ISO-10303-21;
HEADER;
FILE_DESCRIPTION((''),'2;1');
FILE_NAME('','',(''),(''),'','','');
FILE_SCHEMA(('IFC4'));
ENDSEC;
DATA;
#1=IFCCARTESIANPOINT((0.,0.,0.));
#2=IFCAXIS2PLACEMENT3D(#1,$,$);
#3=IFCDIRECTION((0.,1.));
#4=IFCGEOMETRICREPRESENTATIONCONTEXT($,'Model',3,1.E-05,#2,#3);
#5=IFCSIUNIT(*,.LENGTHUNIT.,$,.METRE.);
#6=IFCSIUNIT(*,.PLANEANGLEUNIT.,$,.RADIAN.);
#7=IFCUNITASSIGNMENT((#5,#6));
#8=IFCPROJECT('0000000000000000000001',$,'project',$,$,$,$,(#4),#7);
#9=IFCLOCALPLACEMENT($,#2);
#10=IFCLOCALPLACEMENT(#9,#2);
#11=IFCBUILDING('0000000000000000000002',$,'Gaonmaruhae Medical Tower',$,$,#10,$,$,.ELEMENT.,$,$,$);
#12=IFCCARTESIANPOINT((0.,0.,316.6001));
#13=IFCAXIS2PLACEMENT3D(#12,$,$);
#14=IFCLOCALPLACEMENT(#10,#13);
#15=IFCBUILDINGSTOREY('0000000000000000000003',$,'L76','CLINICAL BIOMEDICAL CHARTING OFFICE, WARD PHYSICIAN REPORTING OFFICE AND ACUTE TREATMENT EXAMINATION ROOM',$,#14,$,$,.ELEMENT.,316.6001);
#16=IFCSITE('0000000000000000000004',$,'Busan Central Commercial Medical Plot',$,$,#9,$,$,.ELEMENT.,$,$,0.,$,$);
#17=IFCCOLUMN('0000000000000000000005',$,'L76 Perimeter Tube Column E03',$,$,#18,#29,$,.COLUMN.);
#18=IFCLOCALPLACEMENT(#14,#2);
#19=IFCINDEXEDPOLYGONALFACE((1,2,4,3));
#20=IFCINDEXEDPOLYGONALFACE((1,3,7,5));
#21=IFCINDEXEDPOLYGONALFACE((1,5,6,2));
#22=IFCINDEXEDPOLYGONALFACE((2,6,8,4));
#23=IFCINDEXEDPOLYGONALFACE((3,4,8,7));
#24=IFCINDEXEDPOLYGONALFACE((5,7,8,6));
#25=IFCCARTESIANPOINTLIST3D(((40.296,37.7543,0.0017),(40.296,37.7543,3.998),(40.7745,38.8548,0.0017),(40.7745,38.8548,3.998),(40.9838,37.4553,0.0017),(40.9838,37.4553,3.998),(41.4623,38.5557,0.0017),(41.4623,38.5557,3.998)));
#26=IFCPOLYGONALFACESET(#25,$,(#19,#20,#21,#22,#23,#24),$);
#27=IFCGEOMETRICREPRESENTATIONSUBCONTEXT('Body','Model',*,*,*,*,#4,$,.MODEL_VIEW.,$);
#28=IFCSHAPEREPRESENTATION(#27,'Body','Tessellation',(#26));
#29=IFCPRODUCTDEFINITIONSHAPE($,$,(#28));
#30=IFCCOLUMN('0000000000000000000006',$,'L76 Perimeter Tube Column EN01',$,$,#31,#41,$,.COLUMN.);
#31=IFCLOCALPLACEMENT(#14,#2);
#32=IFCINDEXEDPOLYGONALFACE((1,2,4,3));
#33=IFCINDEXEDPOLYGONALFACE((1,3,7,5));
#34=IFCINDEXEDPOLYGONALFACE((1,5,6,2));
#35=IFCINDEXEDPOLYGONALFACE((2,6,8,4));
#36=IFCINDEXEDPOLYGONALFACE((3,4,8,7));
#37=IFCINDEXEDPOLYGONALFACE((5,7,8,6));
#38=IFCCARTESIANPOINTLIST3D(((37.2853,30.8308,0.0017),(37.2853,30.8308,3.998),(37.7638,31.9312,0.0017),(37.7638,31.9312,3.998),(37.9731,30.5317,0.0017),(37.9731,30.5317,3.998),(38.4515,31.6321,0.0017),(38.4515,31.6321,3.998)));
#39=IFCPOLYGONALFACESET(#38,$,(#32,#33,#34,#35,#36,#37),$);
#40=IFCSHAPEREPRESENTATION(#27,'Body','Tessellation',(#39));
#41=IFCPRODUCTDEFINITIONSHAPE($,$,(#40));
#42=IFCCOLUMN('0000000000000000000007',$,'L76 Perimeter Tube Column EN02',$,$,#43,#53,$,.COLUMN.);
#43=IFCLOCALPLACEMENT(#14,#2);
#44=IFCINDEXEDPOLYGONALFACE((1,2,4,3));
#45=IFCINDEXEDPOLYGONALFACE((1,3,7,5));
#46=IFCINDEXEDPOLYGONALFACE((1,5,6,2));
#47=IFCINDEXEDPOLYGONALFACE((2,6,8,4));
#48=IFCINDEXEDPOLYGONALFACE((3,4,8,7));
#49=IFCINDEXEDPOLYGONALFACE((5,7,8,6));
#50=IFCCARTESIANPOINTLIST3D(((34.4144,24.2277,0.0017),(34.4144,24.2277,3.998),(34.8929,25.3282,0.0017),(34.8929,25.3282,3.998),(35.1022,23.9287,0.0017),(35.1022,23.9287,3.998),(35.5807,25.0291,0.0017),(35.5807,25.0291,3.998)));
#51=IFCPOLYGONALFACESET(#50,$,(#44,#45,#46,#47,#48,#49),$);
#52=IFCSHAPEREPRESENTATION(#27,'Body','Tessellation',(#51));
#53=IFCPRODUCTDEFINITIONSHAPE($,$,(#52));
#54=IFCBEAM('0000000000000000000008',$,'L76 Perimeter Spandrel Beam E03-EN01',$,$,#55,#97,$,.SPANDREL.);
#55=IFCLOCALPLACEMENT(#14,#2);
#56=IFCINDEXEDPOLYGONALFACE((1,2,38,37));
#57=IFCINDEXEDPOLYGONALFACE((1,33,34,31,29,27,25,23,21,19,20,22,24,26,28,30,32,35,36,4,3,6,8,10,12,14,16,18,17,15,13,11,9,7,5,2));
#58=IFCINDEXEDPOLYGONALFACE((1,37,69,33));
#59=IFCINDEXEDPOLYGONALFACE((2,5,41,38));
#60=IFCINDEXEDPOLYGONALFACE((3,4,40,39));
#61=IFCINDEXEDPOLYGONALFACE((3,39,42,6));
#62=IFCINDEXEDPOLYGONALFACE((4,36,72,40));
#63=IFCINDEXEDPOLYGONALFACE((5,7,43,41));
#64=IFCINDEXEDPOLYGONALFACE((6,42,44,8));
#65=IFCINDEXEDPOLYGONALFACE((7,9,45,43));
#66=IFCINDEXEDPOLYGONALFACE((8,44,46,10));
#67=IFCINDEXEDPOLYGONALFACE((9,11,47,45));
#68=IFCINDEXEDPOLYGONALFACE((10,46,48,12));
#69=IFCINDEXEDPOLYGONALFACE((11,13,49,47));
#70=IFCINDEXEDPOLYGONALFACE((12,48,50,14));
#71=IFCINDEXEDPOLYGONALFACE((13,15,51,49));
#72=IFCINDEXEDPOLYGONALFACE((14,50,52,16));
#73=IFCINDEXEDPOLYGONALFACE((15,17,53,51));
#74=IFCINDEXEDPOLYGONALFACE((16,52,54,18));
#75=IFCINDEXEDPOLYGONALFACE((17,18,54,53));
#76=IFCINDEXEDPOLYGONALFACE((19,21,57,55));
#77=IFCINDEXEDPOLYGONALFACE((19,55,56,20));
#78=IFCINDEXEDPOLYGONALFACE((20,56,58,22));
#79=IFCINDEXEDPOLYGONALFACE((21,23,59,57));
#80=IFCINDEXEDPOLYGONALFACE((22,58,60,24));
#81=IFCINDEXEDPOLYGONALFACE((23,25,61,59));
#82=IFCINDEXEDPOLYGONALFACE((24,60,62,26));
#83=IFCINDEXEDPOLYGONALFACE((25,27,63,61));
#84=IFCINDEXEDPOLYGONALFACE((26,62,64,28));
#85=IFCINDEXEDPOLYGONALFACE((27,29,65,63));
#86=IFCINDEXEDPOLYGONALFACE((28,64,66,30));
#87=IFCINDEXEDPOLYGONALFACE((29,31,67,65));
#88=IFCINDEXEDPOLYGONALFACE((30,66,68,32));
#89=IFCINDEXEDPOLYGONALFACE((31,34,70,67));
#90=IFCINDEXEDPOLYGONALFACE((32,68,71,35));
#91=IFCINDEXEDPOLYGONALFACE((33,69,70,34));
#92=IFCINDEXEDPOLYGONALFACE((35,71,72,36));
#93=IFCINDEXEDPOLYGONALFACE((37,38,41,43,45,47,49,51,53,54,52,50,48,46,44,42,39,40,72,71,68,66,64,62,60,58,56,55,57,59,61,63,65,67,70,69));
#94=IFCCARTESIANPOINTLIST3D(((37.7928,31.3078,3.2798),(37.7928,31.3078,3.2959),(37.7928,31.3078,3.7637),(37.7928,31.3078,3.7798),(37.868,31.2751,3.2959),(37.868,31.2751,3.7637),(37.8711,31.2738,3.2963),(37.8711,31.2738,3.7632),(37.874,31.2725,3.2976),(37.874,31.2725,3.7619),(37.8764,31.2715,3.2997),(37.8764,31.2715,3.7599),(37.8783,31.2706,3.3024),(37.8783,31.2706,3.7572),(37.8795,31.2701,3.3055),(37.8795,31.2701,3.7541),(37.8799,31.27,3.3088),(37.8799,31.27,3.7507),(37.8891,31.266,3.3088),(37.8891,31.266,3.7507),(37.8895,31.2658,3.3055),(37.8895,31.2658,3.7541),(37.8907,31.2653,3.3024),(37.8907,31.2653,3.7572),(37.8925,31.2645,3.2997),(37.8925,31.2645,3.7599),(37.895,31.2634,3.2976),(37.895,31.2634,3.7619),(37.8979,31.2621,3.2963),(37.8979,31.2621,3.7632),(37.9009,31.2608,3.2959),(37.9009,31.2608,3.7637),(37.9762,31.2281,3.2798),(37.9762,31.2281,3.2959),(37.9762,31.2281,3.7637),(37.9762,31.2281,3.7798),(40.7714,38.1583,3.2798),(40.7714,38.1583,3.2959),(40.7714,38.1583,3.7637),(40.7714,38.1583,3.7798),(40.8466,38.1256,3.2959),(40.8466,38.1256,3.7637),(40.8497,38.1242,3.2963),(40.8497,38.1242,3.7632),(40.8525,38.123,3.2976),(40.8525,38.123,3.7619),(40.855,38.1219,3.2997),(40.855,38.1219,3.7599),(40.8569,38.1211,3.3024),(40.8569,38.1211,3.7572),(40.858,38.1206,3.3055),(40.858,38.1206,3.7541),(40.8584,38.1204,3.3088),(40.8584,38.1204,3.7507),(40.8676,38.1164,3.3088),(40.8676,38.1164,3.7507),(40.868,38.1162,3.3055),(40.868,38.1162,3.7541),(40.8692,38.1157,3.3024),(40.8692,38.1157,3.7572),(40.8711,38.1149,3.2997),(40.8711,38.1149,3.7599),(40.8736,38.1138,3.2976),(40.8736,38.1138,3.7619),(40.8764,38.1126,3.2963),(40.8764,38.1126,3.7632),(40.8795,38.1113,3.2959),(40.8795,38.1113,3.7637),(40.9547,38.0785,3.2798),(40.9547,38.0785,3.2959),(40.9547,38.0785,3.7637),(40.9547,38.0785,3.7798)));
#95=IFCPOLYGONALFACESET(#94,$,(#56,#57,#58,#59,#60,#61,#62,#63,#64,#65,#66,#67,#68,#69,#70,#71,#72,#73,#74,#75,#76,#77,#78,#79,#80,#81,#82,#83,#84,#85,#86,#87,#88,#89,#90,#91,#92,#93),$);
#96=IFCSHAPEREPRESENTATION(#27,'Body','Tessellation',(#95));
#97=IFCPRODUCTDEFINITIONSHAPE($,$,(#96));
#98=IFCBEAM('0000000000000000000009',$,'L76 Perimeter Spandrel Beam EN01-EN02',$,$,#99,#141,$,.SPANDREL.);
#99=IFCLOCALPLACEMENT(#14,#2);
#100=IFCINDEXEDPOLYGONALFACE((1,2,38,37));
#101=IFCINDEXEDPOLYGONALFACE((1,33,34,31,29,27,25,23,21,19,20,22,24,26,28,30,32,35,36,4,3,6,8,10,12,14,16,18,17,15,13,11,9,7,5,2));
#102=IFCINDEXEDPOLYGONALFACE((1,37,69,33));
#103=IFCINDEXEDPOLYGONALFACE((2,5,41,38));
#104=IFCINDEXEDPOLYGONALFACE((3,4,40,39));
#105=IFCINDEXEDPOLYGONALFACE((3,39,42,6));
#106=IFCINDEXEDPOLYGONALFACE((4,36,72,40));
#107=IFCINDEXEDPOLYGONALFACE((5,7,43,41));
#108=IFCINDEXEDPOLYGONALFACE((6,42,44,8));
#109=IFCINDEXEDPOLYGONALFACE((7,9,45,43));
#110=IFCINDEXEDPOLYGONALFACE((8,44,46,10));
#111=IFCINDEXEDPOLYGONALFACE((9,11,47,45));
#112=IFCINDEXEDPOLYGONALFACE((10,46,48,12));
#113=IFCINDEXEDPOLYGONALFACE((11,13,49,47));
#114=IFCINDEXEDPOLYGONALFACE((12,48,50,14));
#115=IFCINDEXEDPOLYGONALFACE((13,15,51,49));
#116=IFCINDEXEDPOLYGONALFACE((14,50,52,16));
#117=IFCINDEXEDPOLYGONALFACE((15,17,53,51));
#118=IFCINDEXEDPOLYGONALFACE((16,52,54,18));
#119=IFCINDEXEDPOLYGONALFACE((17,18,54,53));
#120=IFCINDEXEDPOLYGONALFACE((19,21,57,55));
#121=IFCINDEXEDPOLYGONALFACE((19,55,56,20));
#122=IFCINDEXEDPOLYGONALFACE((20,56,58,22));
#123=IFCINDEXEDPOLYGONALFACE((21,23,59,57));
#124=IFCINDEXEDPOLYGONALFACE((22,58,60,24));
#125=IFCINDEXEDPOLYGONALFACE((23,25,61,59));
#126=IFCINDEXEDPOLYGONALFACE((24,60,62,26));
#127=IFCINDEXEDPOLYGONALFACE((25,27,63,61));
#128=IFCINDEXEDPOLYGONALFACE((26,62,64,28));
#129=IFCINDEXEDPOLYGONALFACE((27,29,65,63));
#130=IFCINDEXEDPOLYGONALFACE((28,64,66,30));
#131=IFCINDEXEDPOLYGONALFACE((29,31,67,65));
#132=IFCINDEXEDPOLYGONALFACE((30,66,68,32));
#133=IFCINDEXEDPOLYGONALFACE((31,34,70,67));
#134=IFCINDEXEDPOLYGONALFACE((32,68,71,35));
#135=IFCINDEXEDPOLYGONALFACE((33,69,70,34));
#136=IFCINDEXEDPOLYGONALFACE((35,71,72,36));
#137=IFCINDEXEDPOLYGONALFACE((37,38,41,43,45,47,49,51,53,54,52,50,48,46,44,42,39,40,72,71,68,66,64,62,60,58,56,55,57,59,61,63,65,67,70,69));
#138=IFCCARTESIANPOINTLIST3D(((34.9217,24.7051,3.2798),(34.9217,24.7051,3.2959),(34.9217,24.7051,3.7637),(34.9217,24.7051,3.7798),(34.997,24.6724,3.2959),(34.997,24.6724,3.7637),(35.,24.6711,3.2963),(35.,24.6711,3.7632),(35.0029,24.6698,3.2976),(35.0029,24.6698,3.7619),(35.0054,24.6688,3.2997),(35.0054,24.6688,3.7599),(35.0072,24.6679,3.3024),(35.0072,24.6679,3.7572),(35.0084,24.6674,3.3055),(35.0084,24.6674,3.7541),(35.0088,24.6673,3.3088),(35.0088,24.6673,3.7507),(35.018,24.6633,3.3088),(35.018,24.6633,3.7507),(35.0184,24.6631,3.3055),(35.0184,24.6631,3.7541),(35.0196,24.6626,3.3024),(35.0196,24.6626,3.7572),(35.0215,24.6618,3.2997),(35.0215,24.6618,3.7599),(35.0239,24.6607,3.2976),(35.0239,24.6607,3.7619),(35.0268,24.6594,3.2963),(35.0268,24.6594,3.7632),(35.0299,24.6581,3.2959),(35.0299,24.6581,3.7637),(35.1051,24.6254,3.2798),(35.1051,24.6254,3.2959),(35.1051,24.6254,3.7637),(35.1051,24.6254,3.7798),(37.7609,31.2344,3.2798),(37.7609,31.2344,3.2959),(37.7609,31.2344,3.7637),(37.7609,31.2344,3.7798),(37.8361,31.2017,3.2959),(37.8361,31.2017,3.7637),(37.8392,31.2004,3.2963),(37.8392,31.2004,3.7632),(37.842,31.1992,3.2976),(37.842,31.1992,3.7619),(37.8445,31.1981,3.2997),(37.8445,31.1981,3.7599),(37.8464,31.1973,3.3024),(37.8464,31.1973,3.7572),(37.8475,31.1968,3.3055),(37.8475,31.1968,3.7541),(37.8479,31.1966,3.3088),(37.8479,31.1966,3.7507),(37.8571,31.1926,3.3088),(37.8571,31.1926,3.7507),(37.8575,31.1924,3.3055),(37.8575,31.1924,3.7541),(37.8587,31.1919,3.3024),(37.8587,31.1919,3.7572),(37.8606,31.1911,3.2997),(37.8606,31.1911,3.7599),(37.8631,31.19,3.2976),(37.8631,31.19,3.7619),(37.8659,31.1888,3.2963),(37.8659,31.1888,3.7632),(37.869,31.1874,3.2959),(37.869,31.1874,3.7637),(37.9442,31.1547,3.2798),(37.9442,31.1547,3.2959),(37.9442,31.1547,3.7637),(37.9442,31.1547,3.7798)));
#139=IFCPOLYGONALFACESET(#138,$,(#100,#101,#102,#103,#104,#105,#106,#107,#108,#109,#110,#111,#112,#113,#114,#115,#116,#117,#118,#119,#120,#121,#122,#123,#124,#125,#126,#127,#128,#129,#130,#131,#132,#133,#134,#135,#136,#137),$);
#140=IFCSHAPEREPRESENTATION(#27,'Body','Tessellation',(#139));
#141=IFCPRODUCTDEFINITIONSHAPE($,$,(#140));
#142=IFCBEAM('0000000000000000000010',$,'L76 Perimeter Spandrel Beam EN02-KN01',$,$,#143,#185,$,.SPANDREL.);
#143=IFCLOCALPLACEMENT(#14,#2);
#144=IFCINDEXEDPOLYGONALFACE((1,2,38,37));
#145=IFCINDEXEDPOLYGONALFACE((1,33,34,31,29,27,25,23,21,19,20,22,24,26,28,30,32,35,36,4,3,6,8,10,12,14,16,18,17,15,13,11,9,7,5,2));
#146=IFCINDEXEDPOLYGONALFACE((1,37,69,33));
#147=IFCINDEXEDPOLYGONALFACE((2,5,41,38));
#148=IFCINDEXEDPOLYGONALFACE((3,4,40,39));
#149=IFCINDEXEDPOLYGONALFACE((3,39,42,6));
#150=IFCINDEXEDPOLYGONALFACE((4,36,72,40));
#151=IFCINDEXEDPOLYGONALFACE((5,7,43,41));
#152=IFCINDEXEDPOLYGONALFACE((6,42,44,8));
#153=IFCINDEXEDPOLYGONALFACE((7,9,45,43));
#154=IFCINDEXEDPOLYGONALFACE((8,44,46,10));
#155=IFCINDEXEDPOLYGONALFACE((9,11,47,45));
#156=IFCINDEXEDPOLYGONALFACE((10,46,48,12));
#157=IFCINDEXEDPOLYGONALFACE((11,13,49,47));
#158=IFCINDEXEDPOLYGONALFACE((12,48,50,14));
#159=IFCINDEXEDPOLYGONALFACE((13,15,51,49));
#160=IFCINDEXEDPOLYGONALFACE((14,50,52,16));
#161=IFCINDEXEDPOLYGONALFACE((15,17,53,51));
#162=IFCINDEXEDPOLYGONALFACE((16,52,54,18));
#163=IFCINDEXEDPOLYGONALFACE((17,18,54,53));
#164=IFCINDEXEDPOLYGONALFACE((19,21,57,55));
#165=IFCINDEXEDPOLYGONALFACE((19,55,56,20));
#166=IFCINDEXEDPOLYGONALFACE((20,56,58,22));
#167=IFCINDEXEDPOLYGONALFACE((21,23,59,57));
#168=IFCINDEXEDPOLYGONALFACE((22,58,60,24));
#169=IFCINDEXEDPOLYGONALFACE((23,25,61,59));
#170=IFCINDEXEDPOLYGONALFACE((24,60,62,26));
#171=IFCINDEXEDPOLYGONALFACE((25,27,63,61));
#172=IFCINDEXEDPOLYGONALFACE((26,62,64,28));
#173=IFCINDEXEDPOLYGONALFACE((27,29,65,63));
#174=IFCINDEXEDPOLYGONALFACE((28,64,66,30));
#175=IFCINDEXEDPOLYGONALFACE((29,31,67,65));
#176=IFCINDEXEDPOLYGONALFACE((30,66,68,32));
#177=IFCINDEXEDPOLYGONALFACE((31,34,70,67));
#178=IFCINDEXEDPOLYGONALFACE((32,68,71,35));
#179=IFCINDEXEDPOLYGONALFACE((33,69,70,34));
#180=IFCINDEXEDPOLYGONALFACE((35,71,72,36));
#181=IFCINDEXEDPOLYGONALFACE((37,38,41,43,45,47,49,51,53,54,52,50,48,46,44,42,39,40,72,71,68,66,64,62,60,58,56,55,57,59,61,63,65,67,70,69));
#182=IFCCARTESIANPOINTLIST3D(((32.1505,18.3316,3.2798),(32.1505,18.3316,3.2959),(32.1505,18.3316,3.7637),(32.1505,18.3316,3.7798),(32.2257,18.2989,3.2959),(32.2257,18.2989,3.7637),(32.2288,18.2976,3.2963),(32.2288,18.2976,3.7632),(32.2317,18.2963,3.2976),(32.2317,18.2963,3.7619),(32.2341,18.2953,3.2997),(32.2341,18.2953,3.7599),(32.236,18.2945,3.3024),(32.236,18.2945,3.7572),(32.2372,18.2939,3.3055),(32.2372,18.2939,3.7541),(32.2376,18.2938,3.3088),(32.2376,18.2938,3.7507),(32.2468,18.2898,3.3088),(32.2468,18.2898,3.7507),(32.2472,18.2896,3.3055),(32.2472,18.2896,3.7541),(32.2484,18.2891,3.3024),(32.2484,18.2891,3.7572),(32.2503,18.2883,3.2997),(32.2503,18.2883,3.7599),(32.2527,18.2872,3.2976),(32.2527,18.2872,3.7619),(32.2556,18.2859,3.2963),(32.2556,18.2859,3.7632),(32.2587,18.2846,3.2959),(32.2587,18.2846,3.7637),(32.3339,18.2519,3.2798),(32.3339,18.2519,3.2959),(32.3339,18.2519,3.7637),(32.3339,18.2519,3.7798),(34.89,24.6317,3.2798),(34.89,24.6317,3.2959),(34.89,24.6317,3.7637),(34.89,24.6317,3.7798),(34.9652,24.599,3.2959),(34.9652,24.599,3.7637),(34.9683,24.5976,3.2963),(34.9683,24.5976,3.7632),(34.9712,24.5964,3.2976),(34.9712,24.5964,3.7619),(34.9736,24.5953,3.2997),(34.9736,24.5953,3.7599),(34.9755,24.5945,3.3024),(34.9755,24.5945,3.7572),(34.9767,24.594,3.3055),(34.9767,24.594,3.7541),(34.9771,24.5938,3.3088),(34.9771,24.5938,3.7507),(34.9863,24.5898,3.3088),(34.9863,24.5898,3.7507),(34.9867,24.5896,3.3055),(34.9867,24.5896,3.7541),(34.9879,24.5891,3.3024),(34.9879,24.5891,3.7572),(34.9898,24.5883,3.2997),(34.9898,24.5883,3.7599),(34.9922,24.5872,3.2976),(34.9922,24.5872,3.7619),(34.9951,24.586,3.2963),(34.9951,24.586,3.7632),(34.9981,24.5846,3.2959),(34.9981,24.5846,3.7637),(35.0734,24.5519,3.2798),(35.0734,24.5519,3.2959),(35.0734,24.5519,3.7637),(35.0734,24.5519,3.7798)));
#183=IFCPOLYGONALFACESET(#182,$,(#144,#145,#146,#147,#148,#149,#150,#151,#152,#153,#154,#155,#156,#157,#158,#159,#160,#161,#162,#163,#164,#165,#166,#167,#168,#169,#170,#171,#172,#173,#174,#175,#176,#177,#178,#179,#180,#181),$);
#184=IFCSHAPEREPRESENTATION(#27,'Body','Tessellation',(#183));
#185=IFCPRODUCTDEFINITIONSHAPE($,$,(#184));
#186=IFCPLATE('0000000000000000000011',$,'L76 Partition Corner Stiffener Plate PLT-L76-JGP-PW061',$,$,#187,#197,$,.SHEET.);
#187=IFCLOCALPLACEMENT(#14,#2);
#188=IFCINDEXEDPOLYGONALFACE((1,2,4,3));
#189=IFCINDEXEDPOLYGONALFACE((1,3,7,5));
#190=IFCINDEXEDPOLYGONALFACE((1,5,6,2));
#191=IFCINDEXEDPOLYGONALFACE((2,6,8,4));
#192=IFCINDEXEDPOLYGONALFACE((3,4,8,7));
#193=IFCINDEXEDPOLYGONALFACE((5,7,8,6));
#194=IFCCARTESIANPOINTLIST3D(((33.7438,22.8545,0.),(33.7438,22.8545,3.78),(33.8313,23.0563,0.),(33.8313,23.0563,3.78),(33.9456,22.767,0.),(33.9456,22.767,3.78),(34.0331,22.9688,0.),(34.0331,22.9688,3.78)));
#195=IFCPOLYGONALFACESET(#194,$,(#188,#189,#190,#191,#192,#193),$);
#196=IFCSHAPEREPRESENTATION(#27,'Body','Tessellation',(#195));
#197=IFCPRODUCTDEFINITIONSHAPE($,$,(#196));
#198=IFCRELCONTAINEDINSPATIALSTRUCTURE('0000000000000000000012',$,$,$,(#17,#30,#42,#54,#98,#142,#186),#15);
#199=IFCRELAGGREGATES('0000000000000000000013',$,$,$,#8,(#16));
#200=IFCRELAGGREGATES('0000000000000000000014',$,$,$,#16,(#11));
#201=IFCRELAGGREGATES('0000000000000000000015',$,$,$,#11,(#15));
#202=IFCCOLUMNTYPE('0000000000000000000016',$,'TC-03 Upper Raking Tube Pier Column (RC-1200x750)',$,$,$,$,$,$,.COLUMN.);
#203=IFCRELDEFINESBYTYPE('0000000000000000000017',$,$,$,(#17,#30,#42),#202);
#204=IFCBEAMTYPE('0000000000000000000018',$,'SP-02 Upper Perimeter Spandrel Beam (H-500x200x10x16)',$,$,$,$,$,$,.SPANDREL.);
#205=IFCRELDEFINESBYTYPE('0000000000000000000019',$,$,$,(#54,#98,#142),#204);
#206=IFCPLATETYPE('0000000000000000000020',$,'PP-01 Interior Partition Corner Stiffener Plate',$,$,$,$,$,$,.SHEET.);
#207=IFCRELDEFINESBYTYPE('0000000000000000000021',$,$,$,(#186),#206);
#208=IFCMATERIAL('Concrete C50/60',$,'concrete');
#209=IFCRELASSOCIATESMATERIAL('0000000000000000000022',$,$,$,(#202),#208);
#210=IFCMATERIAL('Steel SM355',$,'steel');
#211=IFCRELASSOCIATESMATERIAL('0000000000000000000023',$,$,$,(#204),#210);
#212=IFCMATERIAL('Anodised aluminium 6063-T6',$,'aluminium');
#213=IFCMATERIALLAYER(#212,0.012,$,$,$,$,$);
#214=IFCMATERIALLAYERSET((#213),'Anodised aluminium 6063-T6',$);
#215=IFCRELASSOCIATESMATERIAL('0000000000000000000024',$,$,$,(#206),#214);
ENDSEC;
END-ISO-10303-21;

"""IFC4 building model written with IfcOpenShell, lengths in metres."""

from ifc_helpers import new_model, si_unit, direction, frame, origin, origin_2d, place, context, subcontext, project, spatial, rectangle, i_section, extrude, material, layer, layer_set, material_profile, profile_set, type_object, element, save


model = new_model("IFC4")

# Units and contexts
model_context = context("Model", 3, precision=1e-05, world=origin(), true_north=direction((0.0, 1.0)))
body_context = subcontext(model_context, "Body", "Model", "MODEL_VIEW")
ifc_project = project(units=[si_unit("LENGTHUNIT", "METRE"), si_unit("PLANEANGLEUNIT", "RADIAN")], contexts=[model_context])

# Site, building, storey
site_placement = place(None, origin())
site = spatial("IfcSite", under=ifc_project, at=site_placement, Name="Busan Central Commercial Medical Plot", CompositionType="ELEMENT", RefElevation=0.0)
building_placement = place(site_placement, origin())
building = spatial("IfcBuilding", under=site, at=building_placement, Name="Gaonmaruhae Medical Tower", CompositionType="ELEMENT")
storey_placement = place(building_placement, frame((0.0, 0.0, 316.6001)))
storey = spatial("IfcBuildingStorey", under=building, at=storey_placement, Name="L76", Description="CLINICAL BIOMEDICAL CHARTING OFFICE, WARD PHYSICIAN REPORTING OFFICE AND ACUTE TREATMENT EXAMINATION ROOM", CompositionType="ELEMENT", Elevation=316.6001)

# Columns
ifc_material_1 = material(Name="Concrete C50/60", Category="concrete")
ifc_material_profile_1 = material_profile(ifc_material_1, rectangle(XDim=1.2, YDim=0.75, at=origin_2d()), Name="RC-1200x750")
ifc_profile_set_1 = profile_set([ifc_material_profile_1], Name="Concrete C50/60")
column_type = type_object("IfcColumnType", Name="TC-03 Upper Raking Tube Pier Column (RC-1200x750)", PredefinedType="COLUMN", material=ifc_profile_set_1)
for number, where, z_axis, x_axis, name in (
    (1, (40.8792, 38.155, 0.0017), (0.0, 0.0, 1.0), (0.398749, 0.91706, 0.0), "L76 Perimeter Tube Column E03"),
    (2, (37.8684, 31.2314, 0.0017), (0.0, 0.0, 1.0), (0.398749, 0.91706, 0.0), "L76 Perimeter Tube Column EN01"),
    (3, (34.9976, 24.6284, 0.0017), (0.0, 0.0, 1.0), (0.398749, 0.91706, 0.0), "L76 Perimeter Tube Column EN02"),
):
    element("IfcColumn", number, at=place(storey_placement, frame(where, z_axis=z_axis, x_axis=x_axis)), inside=storey, type_object=column_type, Name=name, PredefinedType="COLUMN", context=body_context, shape_type="SweptSolid", body=[
        extrude(rectangle(XDim=1.2, YDim=0.75, at=origin_2d()), origin(), (0.0, 0.0, 1.0), 3.9963),
    ])

# Beams
ifc_material_2 = material(Name="Steel SM355", Category="steel")
ifc_material_profile_2 = material_profile(ifc_material_2, i_section(OverallWidth=0.2, OverallDepth=0.5, WebThickness=0.01, FlangeThickness=0.0161, FilletRadius=0.0129, at=origin_2d()), Name="H-500x200x10x16")
ifc_profile_set_2 = profile_set([ifc_material_profile_2], Name="Steel SM355")
beam_type = type_object("IfcBeamType", Name="SP-02 Upper Perimeter Spandrel Beam (H-500x200x10x16)", PredefinedType="SPANDREL", material=ifc_profile_set_2)
beam_1_placement = place(storey_placement, frame((40.863, 38.1184, 3.5298), z_axis=(-0.398738, -0.917065, 0.0), x_axis=(0.917065, -0.398738, 0.0)))
element("IfcBeam", 4, at=beam_1_placement, inside=storey, type_object=beam_type, Name="L76 Perimeter Spandrel Beam E03-EN01", PredefinedType="SPANDREL", context=body_context, shape_type="SweptSolid", body=[
    extrude(i_section(OverallWidth=0.2, OverallDepth=0.5, WebThickness=0.01, FlangeThickness=0.0161, FilletRadius=0.0129, at=origin_2d()), origin(), (0.0, 0.0, 1.0), 7.47),
])
beam_2_placement = place(storey_placement, frame((37.8525, 31.1946, 3.5298), z_axis=(-0.39876, -0.917055, 0.0), x_axis=(0.917055, -0.39876, 0.0)))
element("IfcBeam", 5, at=beam_2_placement, inside=storey, type_object=beam_type, Name="L76 Perimeter Spandrel Beam EN01-EN02", PredefinedType="SPANDREL", context=body_context, shape_type="SweptSolid", body=[
    extrude(i_section(OverallWidth=0.2, OverallDepth=0.5, WebThickness=0.01, FlangeThickness=0.0161, FilletRadius=0.0129, at=origin_2d()), origin(), (0.0, 0.0, 1.0), 7.1199),
])
beam_3_placement = place(storey_placement, frame((34.9817, 24.5918, 3.5298), z_axis=(-0.398769, -0.917051, 0.0), x_axis=(0.917051, -0.398769, 0.0)))
element("IfcBeam", 6, at=beam_3_placement, inside=storey, type_object=beam_type, Name="L76 Perimeter Spandrel Beam EN02-KN01", PredefinedType="SPANDREL", context=body_context, shape_type="SweptSolid", body=[
    extrude(i_section(OverallWidth=0.2, OverallDepth=0.5, WebThickness=0.01, FlangeThickness=0.0161, FilletRadius=0.0129, at=origin_2d()), origin(), (0.0, 0.0, 1.0), 6.8699),
])

# Plate
ifc_material_3 = material(Name="Anodised aluminium 6063-T6", Category="aluminium")
ifc_layer_1 = layer(ifc_material_3, 0.012)
ifc_layer_set_1 = layer_set([ifc_layer_1], Name="Anodised aluminium 6063-T6")
plate_type = type_object("IfcPlateType", Name="PP-01 Interior Partition Corner Stiffener Plate", PredefinedType="SHEET", material=ifc_layer_set_1)
for number, where, z_axis, x_axis, name in (
    (7, (33.8884, 22.9116, 0.0), (0.0, 0.0, 1.0), (0.91747, -0.397805, 0.0), "L76 Partition Corner Stiffener Plate PLT-L76-JGP-PW061"),
):
    element("IfcPlate", number, at=place(storey_placement, frame(where, z_axis=z_axis, x_axis=x_axis)), inside=storey, type_object=plate_type, Name=name, PredefinedType="SHEET", context=body_context, shape_type="SweptSolid", body=[
        extrude(rectangle(XDim=0.22, YDim=0.22, at=origin_2d()), origin(), (0.0, 0.0, 1.0), 3.78),
    ])

save(model, "model.ifc")
